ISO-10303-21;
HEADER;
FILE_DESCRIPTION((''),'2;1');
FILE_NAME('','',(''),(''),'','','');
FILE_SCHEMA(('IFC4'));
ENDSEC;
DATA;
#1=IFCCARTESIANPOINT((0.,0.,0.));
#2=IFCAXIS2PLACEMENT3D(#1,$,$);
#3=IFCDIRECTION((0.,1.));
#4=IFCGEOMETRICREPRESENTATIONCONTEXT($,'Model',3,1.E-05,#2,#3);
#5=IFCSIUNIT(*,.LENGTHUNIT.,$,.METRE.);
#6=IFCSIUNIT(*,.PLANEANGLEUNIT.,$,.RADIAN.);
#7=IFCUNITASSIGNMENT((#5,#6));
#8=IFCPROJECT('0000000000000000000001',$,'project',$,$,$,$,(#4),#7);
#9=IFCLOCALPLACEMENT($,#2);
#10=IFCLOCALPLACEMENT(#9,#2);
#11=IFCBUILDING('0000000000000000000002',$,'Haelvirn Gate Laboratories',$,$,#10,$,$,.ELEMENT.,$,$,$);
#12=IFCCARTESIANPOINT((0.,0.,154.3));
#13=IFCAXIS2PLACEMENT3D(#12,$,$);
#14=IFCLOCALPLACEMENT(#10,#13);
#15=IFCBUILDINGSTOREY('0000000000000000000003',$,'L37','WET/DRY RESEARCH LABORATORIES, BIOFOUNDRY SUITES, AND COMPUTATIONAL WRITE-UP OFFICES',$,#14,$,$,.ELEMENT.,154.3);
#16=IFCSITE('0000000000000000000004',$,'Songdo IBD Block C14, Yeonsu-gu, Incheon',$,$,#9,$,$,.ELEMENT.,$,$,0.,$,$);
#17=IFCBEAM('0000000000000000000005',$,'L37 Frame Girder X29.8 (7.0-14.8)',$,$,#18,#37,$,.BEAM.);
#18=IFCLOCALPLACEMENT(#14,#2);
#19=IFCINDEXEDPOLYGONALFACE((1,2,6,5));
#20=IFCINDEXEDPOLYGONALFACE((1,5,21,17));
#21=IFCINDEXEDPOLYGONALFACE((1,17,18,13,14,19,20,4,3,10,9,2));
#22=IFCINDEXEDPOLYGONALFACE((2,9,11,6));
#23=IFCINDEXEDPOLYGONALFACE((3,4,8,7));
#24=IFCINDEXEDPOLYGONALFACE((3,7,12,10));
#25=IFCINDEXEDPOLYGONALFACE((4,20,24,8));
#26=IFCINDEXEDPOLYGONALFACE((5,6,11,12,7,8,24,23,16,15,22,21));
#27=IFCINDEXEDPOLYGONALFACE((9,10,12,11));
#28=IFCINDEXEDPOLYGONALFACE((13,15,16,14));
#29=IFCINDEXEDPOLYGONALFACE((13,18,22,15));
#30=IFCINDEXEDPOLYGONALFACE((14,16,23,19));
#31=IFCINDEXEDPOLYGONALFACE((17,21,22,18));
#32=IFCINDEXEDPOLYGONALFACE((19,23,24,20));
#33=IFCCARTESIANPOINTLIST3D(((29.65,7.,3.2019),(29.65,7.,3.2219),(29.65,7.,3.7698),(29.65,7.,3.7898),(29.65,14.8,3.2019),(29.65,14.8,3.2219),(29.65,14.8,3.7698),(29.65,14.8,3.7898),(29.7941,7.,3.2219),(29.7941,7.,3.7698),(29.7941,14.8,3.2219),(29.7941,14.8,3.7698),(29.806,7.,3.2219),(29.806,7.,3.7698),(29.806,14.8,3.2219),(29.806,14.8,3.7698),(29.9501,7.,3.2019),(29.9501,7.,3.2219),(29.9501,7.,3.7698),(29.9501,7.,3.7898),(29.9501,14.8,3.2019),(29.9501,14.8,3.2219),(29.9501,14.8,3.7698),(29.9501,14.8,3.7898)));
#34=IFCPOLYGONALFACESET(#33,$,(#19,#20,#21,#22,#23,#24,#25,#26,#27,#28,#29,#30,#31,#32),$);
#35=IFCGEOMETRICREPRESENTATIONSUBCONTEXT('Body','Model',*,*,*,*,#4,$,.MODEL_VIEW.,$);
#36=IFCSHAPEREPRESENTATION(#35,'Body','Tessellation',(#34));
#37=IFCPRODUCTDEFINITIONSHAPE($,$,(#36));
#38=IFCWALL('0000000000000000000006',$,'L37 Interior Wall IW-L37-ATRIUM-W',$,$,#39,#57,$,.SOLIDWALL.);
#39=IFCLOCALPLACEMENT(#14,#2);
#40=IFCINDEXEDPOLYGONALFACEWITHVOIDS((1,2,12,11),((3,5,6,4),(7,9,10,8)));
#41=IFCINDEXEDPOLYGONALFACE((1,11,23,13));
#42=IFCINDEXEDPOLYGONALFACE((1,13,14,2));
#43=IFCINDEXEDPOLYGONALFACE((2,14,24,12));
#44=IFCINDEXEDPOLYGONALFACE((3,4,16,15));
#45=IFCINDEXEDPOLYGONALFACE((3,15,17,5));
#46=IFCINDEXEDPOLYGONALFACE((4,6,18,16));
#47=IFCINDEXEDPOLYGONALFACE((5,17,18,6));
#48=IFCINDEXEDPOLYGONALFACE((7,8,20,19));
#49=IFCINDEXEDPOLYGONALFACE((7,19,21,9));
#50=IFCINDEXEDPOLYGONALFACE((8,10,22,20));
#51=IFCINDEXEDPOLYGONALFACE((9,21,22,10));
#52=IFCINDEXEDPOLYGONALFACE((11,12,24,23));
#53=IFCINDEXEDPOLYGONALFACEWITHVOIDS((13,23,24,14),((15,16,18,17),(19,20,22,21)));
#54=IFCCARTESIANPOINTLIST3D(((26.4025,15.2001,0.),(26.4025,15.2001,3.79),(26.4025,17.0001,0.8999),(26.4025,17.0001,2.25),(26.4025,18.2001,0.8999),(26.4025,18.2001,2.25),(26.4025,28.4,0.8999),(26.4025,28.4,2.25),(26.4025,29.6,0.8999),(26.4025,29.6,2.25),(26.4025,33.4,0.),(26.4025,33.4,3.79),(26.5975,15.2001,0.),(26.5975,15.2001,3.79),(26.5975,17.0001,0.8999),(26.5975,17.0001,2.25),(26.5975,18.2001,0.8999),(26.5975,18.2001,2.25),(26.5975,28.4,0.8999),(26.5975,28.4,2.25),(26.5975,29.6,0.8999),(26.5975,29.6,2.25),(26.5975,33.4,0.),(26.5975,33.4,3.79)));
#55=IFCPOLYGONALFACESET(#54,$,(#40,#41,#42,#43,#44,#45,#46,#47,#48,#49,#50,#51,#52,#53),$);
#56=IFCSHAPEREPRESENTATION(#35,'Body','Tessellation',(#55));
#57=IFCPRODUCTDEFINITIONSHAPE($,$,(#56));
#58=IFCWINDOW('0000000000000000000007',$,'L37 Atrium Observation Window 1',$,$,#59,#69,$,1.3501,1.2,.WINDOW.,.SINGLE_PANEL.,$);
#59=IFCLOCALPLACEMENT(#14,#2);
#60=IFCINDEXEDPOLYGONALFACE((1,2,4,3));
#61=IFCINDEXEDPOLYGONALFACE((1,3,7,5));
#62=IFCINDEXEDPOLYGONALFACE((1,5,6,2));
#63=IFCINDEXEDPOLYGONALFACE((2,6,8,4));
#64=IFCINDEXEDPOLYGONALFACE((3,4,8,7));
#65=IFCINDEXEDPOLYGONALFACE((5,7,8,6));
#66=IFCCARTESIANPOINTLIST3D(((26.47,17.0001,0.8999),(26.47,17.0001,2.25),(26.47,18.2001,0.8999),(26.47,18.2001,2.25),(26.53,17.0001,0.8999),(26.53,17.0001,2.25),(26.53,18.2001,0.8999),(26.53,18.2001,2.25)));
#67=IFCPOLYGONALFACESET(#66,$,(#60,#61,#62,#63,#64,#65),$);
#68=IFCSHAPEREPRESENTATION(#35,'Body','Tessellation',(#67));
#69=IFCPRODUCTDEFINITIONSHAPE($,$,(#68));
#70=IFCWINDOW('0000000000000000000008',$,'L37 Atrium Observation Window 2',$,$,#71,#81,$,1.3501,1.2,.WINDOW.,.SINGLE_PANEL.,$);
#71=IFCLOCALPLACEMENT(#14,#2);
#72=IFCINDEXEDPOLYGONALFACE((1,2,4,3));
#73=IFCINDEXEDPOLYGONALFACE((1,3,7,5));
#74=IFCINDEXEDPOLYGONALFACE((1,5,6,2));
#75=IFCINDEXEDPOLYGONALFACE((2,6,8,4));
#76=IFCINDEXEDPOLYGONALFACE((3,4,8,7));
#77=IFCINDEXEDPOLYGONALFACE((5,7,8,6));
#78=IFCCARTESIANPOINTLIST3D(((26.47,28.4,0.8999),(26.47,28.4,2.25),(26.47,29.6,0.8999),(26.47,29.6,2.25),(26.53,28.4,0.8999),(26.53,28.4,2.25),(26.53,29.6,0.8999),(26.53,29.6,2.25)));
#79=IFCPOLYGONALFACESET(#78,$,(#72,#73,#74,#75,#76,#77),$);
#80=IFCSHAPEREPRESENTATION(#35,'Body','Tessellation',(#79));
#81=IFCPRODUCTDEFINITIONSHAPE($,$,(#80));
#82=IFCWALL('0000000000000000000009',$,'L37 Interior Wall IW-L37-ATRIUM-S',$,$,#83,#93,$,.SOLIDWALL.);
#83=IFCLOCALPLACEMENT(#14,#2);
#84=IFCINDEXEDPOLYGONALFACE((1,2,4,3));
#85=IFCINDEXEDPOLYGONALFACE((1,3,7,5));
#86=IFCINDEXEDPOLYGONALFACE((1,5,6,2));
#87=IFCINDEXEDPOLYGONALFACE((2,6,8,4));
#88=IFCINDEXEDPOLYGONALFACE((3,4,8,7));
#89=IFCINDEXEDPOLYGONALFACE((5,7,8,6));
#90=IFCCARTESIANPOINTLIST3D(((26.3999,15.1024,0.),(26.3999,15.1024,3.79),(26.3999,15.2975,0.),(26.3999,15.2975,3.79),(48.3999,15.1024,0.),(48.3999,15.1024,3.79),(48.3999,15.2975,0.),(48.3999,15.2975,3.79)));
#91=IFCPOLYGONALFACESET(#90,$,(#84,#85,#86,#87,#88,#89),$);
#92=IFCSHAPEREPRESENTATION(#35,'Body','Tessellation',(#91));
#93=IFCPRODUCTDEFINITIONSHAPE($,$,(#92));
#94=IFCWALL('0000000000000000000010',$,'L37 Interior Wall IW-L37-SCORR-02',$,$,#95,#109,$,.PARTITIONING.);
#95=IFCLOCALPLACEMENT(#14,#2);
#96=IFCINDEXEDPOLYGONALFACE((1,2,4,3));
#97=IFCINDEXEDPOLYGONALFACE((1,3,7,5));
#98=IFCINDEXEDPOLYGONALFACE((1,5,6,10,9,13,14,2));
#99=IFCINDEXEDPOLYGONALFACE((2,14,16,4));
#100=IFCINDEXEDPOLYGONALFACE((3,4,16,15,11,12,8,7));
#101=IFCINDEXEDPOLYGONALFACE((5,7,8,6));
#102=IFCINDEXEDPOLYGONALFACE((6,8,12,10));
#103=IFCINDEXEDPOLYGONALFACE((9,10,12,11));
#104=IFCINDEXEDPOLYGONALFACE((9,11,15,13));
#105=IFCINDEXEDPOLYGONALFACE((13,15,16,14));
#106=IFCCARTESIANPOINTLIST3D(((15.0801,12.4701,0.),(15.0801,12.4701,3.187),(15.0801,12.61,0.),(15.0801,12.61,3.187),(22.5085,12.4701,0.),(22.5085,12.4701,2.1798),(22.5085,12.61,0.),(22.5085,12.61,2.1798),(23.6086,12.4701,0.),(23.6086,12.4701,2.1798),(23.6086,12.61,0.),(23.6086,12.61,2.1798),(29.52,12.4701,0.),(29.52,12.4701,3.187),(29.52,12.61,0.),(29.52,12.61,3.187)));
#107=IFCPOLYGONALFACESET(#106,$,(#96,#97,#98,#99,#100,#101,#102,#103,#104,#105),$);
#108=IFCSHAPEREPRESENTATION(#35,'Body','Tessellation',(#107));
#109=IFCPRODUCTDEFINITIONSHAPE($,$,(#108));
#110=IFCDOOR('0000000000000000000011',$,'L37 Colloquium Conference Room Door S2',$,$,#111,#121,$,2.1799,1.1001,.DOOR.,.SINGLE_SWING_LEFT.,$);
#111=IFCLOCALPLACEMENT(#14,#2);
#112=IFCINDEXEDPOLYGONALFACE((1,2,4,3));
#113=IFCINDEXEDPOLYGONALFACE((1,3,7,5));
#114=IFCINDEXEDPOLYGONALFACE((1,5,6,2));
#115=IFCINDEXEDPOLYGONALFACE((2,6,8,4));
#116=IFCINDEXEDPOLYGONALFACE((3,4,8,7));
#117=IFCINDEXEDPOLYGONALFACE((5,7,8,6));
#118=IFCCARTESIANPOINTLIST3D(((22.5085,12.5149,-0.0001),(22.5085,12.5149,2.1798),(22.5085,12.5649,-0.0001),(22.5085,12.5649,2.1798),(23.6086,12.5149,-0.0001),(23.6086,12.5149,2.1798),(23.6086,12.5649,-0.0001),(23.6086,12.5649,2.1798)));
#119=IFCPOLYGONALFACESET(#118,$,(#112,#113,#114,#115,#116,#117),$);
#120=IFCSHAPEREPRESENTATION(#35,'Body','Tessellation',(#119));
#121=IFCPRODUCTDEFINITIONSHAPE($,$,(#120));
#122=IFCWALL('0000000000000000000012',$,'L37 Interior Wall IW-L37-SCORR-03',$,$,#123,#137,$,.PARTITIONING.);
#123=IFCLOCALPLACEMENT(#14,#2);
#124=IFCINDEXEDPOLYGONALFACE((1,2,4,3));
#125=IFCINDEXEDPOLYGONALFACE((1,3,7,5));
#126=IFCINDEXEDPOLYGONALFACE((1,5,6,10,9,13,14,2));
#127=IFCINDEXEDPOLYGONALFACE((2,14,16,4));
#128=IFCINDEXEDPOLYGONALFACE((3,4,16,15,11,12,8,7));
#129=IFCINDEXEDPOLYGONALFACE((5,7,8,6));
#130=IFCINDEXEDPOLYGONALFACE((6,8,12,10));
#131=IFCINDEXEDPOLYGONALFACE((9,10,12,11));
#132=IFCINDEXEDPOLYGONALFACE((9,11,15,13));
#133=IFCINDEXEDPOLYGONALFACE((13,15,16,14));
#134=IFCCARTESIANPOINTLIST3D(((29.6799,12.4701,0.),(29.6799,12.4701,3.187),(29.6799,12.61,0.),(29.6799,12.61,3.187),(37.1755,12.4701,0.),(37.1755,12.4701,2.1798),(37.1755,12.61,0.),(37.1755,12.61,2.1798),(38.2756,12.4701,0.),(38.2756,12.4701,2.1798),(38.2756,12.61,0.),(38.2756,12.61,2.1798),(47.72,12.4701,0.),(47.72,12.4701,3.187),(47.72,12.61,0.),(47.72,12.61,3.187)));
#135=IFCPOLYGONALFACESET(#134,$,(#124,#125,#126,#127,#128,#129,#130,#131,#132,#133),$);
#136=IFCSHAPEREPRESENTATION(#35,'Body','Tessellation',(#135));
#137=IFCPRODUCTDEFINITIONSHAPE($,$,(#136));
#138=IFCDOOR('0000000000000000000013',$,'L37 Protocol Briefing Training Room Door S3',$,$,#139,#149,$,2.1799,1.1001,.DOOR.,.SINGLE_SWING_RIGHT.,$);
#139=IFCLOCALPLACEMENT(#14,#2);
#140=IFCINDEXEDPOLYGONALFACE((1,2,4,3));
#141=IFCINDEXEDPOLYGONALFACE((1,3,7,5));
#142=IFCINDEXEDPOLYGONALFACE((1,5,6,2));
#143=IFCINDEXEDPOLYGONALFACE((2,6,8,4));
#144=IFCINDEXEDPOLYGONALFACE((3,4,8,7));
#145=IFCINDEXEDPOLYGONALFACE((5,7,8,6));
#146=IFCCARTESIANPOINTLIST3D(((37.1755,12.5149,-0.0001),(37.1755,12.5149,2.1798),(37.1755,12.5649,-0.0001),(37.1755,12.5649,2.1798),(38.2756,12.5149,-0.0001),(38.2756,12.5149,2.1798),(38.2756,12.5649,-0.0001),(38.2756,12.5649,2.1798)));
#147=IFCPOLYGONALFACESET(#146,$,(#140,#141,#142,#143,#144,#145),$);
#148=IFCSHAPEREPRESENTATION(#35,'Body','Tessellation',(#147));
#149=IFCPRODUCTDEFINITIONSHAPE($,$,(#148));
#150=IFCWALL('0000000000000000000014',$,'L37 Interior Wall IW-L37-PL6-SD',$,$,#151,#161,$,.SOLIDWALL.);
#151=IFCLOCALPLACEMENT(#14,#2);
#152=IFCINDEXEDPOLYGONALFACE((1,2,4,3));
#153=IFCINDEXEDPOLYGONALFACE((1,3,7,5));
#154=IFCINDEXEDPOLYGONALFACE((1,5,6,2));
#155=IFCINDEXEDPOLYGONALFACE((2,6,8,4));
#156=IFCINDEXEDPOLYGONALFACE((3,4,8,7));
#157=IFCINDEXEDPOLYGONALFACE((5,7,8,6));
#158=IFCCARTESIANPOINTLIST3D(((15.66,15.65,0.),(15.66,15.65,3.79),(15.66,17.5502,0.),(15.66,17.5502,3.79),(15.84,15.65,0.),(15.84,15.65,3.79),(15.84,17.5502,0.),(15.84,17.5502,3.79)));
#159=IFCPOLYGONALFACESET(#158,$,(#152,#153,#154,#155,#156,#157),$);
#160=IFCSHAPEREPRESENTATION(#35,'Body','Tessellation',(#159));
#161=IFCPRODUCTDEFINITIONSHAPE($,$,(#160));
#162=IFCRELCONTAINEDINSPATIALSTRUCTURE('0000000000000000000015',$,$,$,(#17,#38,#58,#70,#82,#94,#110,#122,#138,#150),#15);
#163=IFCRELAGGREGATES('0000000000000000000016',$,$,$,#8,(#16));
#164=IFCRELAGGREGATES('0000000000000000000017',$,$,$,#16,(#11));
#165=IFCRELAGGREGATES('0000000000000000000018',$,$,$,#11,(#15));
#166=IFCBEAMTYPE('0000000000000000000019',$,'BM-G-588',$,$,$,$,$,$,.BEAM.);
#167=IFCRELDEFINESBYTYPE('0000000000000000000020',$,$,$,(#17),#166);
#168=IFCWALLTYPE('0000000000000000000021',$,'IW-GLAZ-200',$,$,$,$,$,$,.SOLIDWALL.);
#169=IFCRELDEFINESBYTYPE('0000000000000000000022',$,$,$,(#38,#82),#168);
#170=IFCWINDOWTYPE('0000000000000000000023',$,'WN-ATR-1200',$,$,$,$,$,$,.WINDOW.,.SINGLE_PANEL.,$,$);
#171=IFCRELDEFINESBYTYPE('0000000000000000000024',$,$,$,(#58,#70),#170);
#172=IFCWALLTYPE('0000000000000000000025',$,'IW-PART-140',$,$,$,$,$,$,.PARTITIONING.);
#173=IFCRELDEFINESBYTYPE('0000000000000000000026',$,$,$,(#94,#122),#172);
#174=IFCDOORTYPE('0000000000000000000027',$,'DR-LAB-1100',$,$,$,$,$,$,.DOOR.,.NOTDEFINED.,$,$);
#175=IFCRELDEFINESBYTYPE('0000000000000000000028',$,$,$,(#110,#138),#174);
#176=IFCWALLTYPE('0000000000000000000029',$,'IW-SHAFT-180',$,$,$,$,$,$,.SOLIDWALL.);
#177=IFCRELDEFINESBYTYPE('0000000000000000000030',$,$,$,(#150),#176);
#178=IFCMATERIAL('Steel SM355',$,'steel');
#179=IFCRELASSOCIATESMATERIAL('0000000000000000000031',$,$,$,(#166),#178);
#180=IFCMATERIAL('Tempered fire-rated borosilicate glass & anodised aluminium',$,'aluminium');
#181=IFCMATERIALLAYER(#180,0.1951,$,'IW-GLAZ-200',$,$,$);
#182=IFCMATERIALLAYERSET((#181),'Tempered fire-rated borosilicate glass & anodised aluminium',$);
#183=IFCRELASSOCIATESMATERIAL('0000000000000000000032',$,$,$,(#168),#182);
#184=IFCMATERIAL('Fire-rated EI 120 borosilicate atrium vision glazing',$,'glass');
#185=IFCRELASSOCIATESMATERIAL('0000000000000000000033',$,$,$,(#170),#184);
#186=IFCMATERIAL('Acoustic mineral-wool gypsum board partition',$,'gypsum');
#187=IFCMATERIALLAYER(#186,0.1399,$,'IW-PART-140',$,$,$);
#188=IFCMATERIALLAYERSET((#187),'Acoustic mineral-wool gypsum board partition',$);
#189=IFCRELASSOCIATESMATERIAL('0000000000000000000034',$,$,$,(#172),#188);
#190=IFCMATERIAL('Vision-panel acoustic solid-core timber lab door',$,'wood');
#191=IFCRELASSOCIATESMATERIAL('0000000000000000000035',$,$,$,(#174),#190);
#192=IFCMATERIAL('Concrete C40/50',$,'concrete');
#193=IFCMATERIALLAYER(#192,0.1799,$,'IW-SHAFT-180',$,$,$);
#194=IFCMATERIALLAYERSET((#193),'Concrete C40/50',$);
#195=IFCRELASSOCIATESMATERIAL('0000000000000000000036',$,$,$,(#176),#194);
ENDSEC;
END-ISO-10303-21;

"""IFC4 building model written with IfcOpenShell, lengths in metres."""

from ifc_helpers import new_model, si_unit, direction, frame, frame_2d, origin, origin_2d, place, context, subcontext, project, spatial, rectangle, i_section, extrude, source, transform, mapped, material, layer, layer_set, material_profile, profile_set, type_object, type_shapes, element, fill, save


model = new_model("IFC4")

# Units and contexts
model_context = context("Model", 3, precision=1e-05, world=origin(), true_north=direction((0.0, 1.0)))
body_context = subcontext(model_context, "Body", "Model", "MODEL_VIEW")
ifc_project = project(units=[si_unit("LENGTHUNIT", "METRE"), si_unit("PLANEANGLEUNIT", "RADIAN")], contexts=[model_context])

# Site, building, storey
site_placement = place(None, origin())
site = spatial("IfcSite", under=ifc_project, at=site_placement, Name="Songdo IBD Block C14, Yeonsu-gu, Incheon", CompositionType="ELEMENT", RefElevation=0.0)
building_placement = place(site_placement, origin())
building = spatial("IfcBuilding", under=site, at=building_placement, Name="Haelvirn Gate Laboratories", CompositionType="ELEMENT")
storey_placement = place(building_placement, frame((0.0, 0.0, 154.3)))
storey = spatial("IfcBuildingStorey", under=building, at=storey_placement, Name="L37", Description="WET/DRY RESEARCH LABORATORIES, BIOFOUNDRY SUITES, AND COMPUTATIONAL WRITE-UP OFFICES", CompositionType="ELEMENT", Elevation=154.3)

# Shared definitions
ifc_material_1 = material(Name="Steel SM355", Category="steel")

# Beam
ifc_material_profile_1 = material_profile(ifc_material_1, i_section(OverallWidth=0.3, OverallDepth=0.5879, WebThickness=0.012, FlangeThickness=0.02, at=origin_2d()), Name="H-588x300x12x20")
ifc_profile_set_1 = profile_set([ifc_material_profile_1], Name="Steel SM355")
beam_type_1 = type_object("IfcBeamType", Name="BM-G-588", PredefinedType="BEAM", material=ifc_profile_set_1)
shared_shape_1 = source(origin(), body_context, "Body", "SweptSolid", [
    extrude(i_section(OverallWidth=0.3, OverallDepth=0.5879, WebThickness=0.012, FlangeThickness=0.02, at=origin_2d()), origin(), (0.0, 0.0, 1.0), 7.8),
])
type_shapes(beam_type_1, [shared_shape_1])
beam_1_placement = place(storey_placement, frame((29.8, 7.0, 3.4958), z_axis=(0.0, 1.0, 0.0), x_axis=(-1.0, 0.0, 0.0)))
element("IfcBeam", 1, at=beam_1_placement, inside=storey, type_object=beam_type_1, Name="L37 Frame Girder X29.8 (7.0-14.8)", PredefinedType="BEAM", context=body_context, shape_type="MappedRepresentation", body=[
    mapped(shared_shape_1, transform((0.0, 0.0, 0.0), scale=1.0)),
])

# Wall, openings, windows
ifc_material_2 = material(Name="Tempered fire-rated borosilicate glass & anodised aluminium", Category="aluminium")
ifc_layer_1 = layer(ifc_material_2, 0.1951, Name="IW-GLAZ-200")
ifc_layer_set_1 = layer_set([ifc_layer_1], Name="Tempered fire-rated borosilicate glass & anodised aluminium")
wall_type_1 = type_object("IfcWallType", Name="IW-GLAZ-200", PredefinedType="SOLIDWALL", material=ifc_layer_set_1)
wall_1_placement = place(storey_placement, frame((26.5, 15.2, 0.0), z_axis=(0.0, 0.0, 1.0), x_axis=(0.0, 1.0, 0.0)))
wall_1 = element("IfcWall", 2, at=wall_1_placement, inside=storey, type_object=wall_type_1, Name="L37 Interior Wall IW-L37-ATRIUM-W", PredefinedType="SOLIDWALL", context=body_context, shape_type="SweptSolid", body=[
    extrude(rectangle(XDim=18.2, YDim=0.1951, at=frame_2d((9.1001, 0.0))), origin(), (0.0, 0.0, 1.0), 3.79),
])
opening_1_placement = place(wall_1_placement, frame((1.8, 0.0, 0.8999)))
opening_1 = element("IfcOpeningElement", 3, at=opening_1_placement, cuts=wall_1, PredefinedType="OPENING", context=body_context, shape_type="SweptSolid", body=[
    extrude(rectangle(XDim=1.2, YDim=1.3501, at=frame_2d((0.6001, 0.675))), frame((0.0, 0.1074, 0.0), z_axis=(0.0, -1.0, 0.0), x_axis=(1.0, 0.0, 0.0)), (0.0, 0.0, 1.0), 0.2151),
])
opening_2_placement = place(wall_1_placement, frame((13.2, 0.0, 0.8999)))
opening_2 = element("IfcOpeningElement", 4, at=opening_2_placement, cuts=wall_1, PredefinedType="OPENING", context=body_context, shape_type="SweptSolid", body=[
    extrude(rectangle(XDim=1.2, YDim=1.3501, at=frame_2d((0.6001, 0.675))), frame((0.0, 0.1074, 0.0), z_axis=(0.0, -1.0, 0.0), x_axis=(1.0, 0.0, 0.0)), (0.0, 0.0, 1.0), 0.2151),
])
ifc_material_3 = material(Name="Fire-rated EI 120 borosilicate atrium vision glazing", Category="glass")
window_type = type_object("IfcWindowType", Name="WN-ATR-1200", PartitioningType="SINGLE_PANEL", PredefinedType="WINDOW", material=ifc_material_3)
shared_shape_2 = source(origin(), body_context, "Body", "SweptSolid", [
    extrude(rectangle(XDim=1.2, YDim=1.3501, at=frame_2d((0.6001, 0.675))), frame((0.0, 0.03, 0.0), z_axis=(0.0, -1.0, 0.0), x_axis=(1.0, 0.0, 0.0)), (0.0, 0.0, 1.0), 0.0601),
])
type_shapes(window_type, [shared_shape_2])
window_1_placement = place(opening_1_placement, origin())
window_1 = element("IfcWindow", 5, at=window_1_placement, inside=storey, type_object=window_type, Name="L37 Atrium Observation Window 1", OverallHeight=1.3501, OverallWidth=1.2, PartitioningType="SINGLE_PANEL", PredefinedType="WINDOW", context=body_context, shape_type="MappedRepresentation", body=[
    mapped(shared_shape_2, transform((0.0, 0.0, 0.0), scale=1.0)),
])
fill(opening_1, window_1)
window_2_placement = place(opening_2_placement, origin())
window_2 = element("IfcWindow", 6, at=window_2_placement, inside=storey, type_object=window_type, Name="L37 Atrium Observation Window 2", OverallHeight=1.3501, OverallWidth=1.2, PartitioningType="SINGLE_PANEL", PredefinedType="WINDOW", context=body_context, shape_type="MappedRepresentation", body=[
    mapped(shared_shape_2, transform((0.0, 0.0, 0.0), scale=1.0)),
])
fill(opening_2, window_2)

# Wall
wall_2_placement = place(storey_placement, frame((26.3999, 15.2, 0.0), z_axis=(0.0, 0.0, 1.0), x_axis=(1.0, 0.0, 0.0)))
element("IfcWall", 7, at=wall_2_placement, inside=storey, type_object=wall_type_1, Name="L37 Interior Wall IW-L37-ATRIUM-S", PredefinedType="SOLIDWALL", context=body_context, shape_type="SweptSolid", body=[
    extrude(rectangle(XDim=22.0, YDim=0.1951, at=frame_2d((11.0, 0.0))), origin(), (0.0, 0.0, 1.0), 3.79),
])

# Walls, openings, doors
ifc_material_4 = material(Name="Acoustic mineral-wool gypsum board partition", Category="gypsum")
ifc_layer_2 = layer(ifc_material_4, 0.1399, Name="IW-PART-140")
ifc_layer_set_2 = layer_set([ifc_layer_2], Name="Acoustic mineral-wool gypsum board partition")
wall_type_2 = type_object("IfcWallType", Name="IW-PART-140", PredefinedType="PARTITIONING", material=ifc_layer_set_2)
wall_3_placement = place(storey_placement, frame((15.0801, 12.54, 0.0), z_axis=(0.0, 0.0, 1.0), x_axis=(1.0, 0.0, 0.0)))
wall_3 = element("IfcWall", 8, at=wall_3_placement, inside=storey, type_object=wall_type_2, Name="L37 Interior Wall IW-L37-SCORR-02", PredefinedType="PARTITIONING", context=body_context, shape_type="SweptSolid", body=[
    extrude(rectangle(XDim=14.4399, YDim=0.1399, at=frame_2d((7.22, 0.0))), origin(), (0.0, 0.0, 1.0), 3.187),
])
opening_3_placement = place(wall_3_placement, frame((7.4285, 0.0, 0.0)))
opening_3 = element("IfcOpeningElement", 9, at=opening_3_placement, cuts=wall_3, PredefinedType="OPENING", context=body_context, shape_type="SweptSolid", body=[
    extrude(rectangle(XDim=1.1001, YDim=2.1799, at=frame_2d((0.55, 1.0898))), frame((0.0, 0.0801, 0.0), z_axis=(0.0, -1.0, 0.0), x_axis=(1.0, 0.0, 0.0)), (0.0, 0.0, 1.0), 0.1599),
])
ifc_material_5 = material(Name="Vision-panel acoustic solid-core timber lab door", Category="wood")
door_type_1 = type_object("IfcDoorType", Name="DR-LAB-1100", OperationType="NOTDEFINED", PredefinedType="DOOR", material=ifc_material_5)
shared_shape_3 = source(origin(), body_context, "Body", "SweptSolid", [
    extrude(rectangle(XDim=1.1001, YDim=2.1799, at=frame_2d((0.55, 1.0898))), frame((0.0, 0.0249, 0.0), z_axis=(0.0, -1.0, 0.0), x_axis=(1.0, 0.0, 0.0)), (0.0, 0.0, 1.0), 0.05),
])
type_shapes(door_type_1, [shared_shape_3])
door_1_placement = place(opening_3_placement, origin())
door_1 = element("IfcDoor", 10, at=door_1_placement, inside=storey, type_object=door_type_1, Name="L37 Colloquium Conference Room Door S2", OperationType="SINGLE_SWING_LEFT", OverallHeight=2.1799, OverallWidth=1.1001, PredefinedType="DOOR", context=body_context, shape_type="MappedRepresentation", body=[
    mapped(shared_shape_3, transform((0.0, 0.0, 0.0), scale=1.0)),
])
fill(opening_3, door_1)
wall_4_placement = place(storey_placement, frame((29.6799, 12.54, 0.0), z_axis=(0.0, 0.0, 1.0), x_axis=(1.0, 0.0, 0.0)))
wall_4 = element("IfcWall", 11, at=wall_4_placement, inside=storey, type_object=wall_type_2, Name="L37 Interior Wall IW-L37-SCORR-03", PredefinedType="PARTITIONING", context=body_context, shape_type="SweptSolid", body=[
    extrude(rectangle(XDim=18.04, YDim=0.1399, at=frame_2d((9.02, 0.0))), origin(), (0.0, 0.0, 1.0), 3.187),
])
opening_4_placement = place(wall_4_placement, frame((7.4956, 0.0, 0.0)))
opening_4 = element("IfcOpeningElement", 12, at=opening_4_placement, cuts=wall_4, PredefinedType="OPENING", context=body_context, shape_type="SweptSolid", body=[
    extrude(rectangle(XDim=1.1001, YDim=2.1799, at=frame_2d((0.55, 1.0898))), frame((0.0, 0.0801, 0.0), z_axis=(0.0, -1.0, 0.0), x_axis=(1.0, 0.0, 0.0)), (0.0, 0.0, 1.0), 0.1599),
])
door_2_placement = place(opening_4_placement, origin())
door_2 = element("IfcDoor", 13, at=door_2_placement, inside=storey, type_object=door_type_1, Name="L37 Protocol Briefing Training Room Door S3", OperationType="SINGLE_SWING_RIGHT", OverallHeight=2.1799, OverallWidth=1.1001, PredefinedType="DOOR", context=body_context, shape_type="MappedRepresentation", body=[
    mapped(shared_shape_3, transform((0.0, 0.0, 0.0), scale=1.0)),
])
fill(opening_4, door_2)

# Wall
ifc_material_6 = material(Name="Concrete C40/50", Category="concrete")
ifc_layer_3 = layer(ifc_material_6, 0.1799, Name="IW-SHAFT-180")
ifc_layer_set_3 = layer_set([ifc_layer_3], Name="Concrete C40/50")
wall_type_3 = type_object("IfcWallType", Name="IW-SHAFT-180", PredefinedType="SOLIDWALL", material=ifc_layer_set_3)
for number, where, z_axis, x_axis, name in (
    (14, (15.75, 15.6499, 0.0), (0.0, 0.0, 1.0), (0.0, 1.0, 0.0), "L37 Interior Wall IW-L37-PL6-SD"),
):
    element("IfcWall", number, at=place(storey_placement, frame(where, z_axis=z_axis, x_axis=x_axis)), inside=storey, type_object=wall_type_3, Name=name, PredefinedType="SOLIDWALL", context=body_context, shape_type="SweptSolid", body=[
        extrude(rectangle(XDim=1.9001, YDim=0.1799, at=frame_2d((0.9502, 0.0))), origin(), (0.0, 0.0, 1.0), 3.79),
    ])

save(model, "model.ifc")
